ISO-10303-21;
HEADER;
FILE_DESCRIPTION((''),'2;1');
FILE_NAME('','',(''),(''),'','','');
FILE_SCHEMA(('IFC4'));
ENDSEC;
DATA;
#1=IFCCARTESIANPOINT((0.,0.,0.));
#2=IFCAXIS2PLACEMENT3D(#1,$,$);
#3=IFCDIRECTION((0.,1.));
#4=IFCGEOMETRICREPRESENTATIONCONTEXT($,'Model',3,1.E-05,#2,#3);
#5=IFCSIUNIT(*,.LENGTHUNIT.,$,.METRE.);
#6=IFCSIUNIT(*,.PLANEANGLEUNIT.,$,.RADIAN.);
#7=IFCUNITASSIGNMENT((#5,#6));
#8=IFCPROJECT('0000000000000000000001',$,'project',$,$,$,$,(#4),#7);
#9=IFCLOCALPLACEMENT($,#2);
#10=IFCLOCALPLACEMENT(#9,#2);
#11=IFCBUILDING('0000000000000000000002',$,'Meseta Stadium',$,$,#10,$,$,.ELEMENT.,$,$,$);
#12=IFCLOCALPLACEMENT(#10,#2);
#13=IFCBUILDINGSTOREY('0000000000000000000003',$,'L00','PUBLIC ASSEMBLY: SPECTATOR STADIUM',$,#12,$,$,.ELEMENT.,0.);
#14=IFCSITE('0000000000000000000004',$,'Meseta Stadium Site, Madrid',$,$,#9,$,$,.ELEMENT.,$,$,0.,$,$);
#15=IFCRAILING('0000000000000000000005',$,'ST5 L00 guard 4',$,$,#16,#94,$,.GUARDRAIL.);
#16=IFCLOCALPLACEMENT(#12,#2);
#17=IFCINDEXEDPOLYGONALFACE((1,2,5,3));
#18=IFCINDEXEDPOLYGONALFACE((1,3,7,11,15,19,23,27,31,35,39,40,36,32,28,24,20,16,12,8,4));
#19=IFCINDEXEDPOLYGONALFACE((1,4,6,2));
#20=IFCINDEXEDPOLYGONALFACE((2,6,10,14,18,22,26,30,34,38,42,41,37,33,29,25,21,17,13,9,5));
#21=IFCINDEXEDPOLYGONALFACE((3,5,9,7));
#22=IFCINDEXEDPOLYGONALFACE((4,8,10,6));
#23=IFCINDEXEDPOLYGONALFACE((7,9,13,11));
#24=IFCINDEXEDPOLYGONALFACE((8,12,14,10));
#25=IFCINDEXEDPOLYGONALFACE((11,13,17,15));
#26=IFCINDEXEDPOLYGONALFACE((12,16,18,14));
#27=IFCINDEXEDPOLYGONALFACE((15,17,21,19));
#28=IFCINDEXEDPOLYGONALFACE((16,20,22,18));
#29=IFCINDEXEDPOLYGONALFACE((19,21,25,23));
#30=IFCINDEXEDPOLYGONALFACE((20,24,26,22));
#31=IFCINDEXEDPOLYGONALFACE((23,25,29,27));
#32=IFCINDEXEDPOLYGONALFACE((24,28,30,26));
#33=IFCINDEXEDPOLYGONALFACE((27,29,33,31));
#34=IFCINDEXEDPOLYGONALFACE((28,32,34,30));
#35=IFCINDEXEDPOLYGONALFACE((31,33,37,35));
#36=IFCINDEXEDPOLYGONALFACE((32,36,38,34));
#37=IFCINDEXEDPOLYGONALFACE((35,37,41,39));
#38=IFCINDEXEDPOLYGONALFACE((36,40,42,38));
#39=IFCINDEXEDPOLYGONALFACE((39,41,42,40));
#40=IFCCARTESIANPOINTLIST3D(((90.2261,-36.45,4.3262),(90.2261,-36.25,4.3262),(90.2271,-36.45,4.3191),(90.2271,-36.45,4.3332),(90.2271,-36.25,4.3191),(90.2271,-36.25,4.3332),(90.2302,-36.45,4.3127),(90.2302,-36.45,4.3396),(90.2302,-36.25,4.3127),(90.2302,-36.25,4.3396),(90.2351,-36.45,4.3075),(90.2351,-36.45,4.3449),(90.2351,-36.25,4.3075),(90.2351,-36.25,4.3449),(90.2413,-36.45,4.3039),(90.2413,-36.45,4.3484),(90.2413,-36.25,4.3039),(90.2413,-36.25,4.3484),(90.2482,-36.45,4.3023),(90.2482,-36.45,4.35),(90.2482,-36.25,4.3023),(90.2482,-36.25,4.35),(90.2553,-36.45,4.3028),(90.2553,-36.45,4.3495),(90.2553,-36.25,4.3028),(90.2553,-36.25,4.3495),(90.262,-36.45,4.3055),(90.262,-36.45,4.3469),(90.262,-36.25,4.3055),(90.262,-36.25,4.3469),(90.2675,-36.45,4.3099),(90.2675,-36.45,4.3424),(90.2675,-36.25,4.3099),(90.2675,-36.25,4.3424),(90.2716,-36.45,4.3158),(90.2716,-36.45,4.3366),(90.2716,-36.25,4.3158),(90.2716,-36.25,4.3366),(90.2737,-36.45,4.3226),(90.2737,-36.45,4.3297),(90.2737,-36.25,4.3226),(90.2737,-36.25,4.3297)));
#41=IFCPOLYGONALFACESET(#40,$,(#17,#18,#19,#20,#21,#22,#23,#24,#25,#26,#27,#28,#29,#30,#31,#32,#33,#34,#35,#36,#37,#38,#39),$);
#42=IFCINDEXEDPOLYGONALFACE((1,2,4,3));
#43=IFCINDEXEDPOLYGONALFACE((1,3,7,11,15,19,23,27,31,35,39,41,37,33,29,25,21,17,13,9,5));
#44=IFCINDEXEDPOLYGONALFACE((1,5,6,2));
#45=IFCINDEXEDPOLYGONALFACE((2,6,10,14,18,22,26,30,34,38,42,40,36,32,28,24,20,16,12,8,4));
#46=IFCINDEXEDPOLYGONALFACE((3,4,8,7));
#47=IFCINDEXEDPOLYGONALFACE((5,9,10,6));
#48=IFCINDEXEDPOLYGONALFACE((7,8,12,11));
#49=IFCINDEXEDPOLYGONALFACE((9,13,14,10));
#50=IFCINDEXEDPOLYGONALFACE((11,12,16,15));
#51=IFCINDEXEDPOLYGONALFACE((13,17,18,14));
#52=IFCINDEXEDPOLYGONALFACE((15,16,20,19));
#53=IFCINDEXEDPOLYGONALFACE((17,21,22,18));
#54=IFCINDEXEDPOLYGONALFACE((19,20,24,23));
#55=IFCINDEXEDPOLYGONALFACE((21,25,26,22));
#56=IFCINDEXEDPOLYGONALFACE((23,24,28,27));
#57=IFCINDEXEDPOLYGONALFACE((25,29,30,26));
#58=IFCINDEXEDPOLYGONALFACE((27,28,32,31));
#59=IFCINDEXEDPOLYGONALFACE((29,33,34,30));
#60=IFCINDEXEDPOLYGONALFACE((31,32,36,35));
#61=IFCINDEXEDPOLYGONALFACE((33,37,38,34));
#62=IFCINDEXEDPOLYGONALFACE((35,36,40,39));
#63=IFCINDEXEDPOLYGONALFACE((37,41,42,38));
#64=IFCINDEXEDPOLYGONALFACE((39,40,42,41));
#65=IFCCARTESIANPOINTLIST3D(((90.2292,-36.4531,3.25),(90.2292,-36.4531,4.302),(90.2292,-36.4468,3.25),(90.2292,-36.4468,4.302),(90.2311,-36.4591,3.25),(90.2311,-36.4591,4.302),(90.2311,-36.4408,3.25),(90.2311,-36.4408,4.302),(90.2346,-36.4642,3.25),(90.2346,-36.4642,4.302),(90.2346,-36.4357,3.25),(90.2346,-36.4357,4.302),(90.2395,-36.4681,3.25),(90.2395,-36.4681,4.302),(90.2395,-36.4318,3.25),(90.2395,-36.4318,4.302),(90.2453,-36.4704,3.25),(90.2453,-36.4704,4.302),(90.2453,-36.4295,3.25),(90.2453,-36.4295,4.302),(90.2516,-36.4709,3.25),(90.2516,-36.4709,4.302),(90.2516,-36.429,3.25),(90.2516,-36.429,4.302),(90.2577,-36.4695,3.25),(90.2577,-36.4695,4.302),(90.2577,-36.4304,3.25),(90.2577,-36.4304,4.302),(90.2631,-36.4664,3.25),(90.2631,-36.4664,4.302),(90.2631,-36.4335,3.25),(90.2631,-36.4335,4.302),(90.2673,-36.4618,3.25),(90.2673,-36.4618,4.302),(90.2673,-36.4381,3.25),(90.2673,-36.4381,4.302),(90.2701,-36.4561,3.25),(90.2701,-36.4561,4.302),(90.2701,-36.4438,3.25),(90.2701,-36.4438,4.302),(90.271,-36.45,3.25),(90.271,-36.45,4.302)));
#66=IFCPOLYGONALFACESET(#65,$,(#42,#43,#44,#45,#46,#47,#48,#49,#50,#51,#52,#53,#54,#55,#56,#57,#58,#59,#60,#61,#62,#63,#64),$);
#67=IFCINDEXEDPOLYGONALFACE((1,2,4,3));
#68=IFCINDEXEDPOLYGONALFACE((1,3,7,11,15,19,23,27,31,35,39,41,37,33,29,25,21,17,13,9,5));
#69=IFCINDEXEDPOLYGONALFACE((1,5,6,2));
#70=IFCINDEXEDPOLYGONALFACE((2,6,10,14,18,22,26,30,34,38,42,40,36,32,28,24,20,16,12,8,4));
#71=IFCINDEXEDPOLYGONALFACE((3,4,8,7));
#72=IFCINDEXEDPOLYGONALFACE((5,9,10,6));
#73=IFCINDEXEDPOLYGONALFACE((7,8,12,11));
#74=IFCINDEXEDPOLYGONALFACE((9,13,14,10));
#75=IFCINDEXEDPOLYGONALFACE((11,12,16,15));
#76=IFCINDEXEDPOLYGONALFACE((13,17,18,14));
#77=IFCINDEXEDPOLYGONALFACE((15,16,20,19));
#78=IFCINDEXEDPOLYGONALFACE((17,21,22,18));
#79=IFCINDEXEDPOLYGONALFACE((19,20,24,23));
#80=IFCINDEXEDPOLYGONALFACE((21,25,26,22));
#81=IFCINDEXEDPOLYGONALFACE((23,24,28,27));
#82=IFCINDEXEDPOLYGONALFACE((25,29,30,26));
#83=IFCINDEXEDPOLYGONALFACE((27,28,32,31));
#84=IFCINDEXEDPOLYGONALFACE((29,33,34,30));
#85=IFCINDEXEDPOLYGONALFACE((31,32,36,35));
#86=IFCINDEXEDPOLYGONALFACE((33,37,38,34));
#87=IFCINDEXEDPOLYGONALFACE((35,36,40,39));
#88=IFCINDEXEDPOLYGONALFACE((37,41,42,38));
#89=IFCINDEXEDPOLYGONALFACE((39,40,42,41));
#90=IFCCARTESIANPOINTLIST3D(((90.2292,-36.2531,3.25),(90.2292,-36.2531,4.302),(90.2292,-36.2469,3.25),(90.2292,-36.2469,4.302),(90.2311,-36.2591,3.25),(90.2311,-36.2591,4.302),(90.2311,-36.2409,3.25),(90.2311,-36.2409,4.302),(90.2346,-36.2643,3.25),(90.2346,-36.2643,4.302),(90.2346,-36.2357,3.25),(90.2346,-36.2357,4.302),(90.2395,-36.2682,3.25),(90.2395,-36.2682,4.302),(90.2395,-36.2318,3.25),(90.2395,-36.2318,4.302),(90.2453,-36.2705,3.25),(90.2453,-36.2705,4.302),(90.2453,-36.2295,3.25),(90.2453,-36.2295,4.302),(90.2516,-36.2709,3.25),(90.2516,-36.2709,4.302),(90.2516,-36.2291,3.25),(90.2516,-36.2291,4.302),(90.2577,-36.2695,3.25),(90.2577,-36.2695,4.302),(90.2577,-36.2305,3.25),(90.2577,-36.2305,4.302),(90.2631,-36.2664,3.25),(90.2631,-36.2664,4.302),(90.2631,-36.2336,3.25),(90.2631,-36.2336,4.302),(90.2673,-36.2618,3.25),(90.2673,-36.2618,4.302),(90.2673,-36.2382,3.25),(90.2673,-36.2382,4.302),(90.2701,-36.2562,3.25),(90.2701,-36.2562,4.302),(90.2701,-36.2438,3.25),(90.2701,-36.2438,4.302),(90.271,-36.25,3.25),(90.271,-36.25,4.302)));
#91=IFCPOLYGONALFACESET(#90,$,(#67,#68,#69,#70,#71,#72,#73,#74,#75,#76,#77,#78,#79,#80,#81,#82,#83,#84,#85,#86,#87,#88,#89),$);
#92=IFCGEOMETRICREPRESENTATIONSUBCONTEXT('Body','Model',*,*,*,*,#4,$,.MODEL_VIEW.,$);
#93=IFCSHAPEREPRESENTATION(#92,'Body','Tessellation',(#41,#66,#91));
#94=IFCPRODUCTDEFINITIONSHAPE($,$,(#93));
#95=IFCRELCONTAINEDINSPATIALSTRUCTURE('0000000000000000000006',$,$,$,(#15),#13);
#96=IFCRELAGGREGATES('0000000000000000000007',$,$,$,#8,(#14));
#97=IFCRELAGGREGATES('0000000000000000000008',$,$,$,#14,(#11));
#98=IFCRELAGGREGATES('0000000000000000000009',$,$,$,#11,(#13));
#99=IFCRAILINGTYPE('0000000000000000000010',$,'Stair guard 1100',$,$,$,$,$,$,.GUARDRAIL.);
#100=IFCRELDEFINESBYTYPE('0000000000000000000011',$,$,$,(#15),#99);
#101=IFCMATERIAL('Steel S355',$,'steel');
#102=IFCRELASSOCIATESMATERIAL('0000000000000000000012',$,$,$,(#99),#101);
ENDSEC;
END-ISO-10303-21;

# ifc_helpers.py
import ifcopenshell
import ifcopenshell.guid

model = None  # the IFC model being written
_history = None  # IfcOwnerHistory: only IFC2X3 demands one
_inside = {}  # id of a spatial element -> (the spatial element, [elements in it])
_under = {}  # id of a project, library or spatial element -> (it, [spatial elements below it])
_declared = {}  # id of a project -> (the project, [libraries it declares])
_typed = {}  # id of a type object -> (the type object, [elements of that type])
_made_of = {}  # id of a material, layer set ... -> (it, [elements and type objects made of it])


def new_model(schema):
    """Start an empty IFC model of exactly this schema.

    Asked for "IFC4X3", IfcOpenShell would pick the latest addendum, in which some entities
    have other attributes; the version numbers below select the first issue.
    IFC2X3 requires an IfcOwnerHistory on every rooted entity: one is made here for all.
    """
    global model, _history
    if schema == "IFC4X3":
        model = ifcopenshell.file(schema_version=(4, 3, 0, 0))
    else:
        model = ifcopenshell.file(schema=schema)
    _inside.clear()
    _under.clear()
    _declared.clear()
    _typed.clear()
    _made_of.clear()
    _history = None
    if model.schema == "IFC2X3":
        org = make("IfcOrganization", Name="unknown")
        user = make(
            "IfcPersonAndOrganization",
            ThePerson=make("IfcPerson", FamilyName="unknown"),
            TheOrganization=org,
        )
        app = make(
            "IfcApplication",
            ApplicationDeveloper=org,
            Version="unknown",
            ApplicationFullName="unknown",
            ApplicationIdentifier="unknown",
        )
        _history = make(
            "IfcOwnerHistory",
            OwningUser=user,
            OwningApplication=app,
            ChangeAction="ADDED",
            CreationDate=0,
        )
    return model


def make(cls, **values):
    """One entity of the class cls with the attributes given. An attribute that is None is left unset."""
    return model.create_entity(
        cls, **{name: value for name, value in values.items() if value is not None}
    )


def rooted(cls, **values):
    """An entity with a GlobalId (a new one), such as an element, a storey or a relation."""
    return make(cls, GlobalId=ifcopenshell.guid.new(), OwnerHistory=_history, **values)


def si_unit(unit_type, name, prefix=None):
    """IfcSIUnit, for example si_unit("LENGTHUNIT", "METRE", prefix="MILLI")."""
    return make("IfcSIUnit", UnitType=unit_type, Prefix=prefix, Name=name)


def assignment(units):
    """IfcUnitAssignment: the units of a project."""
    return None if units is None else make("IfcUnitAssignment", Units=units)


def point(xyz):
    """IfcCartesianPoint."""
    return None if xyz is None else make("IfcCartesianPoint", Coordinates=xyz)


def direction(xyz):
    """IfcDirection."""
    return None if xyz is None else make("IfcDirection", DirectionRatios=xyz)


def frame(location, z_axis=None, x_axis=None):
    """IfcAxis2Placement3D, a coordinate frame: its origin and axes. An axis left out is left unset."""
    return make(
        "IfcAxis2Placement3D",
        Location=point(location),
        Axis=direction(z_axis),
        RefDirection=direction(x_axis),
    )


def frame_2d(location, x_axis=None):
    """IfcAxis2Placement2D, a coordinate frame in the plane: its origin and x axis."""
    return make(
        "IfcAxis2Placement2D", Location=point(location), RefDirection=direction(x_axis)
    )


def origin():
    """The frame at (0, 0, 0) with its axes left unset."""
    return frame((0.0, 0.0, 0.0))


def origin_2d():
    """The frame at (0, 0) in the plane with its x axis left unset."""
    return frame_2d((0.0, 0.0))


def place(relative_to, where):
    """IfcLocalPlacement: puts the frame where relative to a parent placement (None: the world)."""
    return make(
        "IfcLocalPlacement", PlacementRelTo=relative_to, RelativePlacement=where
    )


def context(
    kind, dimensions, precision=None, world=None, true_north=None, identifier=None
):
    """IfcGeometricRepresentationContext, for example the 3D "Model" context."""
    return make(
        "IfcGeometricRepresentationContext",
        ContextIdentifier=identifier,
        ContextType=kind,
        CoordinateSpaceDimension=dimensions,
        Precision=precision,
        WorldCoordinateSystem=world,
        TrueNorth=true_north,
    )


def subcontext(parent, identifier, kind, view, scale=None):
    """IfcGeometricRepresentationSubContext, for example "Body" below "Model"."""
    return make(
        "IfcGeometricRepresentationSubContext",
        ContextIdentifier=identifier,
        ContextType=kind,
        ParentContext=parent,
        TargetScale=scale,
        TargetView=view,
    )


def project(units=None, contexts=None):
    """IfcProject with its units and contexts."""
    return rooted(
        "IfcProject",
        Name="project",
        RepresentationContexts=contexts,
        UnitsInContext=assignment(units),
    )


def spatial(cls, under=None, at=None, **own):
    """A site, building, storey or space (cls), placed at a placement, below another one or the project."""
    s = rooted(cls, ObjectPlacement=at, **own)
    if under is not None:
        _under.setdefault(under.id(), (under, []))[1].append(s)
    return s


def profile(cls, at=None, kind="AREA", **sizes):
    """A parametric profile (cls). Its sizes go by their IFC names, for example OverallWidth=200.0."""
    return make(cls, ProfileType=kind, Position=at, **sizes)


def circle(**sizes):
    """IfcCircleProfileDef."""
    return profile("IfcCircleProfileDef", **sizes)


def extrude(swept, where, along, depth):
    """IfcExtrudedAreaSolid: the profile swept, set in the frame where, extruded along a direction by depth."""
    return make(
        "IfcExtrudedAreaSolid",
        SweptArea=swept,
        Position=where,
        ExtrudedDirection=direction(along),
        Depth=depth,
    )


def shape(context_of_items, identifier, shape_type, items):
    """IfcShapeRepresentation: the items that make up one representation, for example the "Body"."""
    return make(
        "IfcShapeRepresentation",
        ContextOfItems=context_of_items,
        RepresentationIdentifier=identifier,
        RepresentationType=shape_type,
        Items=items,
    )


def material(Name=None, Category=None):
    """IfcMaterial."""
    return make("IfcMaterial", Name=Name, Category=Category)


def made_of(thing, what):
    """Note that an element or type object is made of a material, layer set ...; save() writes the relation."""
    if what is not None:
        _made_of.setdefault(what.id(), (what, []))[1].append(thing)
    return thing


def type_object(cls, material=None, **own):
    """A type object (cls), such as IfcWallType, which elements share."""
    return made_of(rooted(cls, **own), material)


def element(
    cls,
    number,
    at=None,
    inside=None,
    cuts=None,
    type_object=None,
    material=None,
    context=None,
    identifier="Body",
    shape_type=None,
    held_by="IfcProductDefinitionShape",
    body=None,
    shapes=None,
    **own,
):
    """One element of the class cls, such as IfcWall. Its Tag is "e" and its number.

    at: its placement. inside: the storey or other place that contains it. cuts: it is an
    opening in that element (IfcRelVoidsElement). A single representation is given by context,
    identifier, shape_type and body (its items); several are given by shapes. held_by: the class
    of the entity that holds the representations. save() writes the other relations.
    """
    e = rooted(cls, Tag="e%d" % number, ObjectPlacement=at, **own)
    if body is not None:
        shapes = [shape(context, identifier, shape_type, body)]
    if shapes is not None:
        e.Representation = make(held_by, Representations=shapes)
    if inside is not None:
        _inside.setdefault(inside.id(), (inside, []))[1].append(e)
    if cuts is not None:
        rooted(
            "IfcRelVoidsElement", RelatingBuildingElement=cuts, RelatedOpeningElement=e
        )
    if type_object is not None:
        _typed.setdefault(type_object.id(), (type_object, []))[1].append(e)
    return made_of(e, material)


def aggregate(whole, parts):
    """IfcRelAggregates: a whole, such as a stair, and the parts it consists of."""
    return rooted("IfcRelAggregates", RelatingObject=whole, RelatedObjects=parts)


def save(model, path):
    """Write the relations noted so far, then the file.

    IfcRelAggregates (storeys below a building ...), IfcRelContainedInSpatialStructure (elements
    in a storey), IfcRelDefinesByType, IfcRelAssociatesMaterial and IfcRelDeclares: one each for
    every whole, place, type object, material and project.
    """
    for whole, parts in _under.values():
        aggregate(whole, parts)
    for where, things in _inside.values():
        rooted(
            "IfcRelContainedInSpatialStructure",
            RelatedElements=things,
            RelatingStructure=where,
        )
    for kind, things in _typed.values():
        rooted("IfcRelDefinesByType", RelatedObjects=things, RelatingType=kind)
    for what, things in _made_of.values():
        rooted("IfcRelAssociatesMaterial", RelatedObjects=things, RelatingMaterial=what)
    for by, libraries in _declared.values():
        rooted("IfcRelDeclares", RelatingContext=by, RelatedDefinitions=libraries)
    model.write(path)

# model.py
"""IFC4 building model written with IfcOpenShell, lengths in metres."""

from ifc_helpers import new_model, si_unit, direction, frame, origin, origin_2d, place, context, subcontext, project, spatial, circle, extrude, material, type_object, element, save


model = new_model("IFC4")

# Units and contexts
model_context = context("Model", 3, precision=1e-05, world=origin(), true_north=direction((0.0, 1.0)))
body_context = subcontext(model_context, "Body", "Model", "MODEL_VIEW")
ifc_project = project(units=[si_unit("LENGTHUNIT", "METRE"), si_unit("PLANEANGLEUNIT", "RADIAN")], contexts=[model_context])

# Site, building, storey
site_placement = place(None, origin())
site = spatial("IfcSite", under=ifc_project, at=site_placement, Name="Meseta Stadium Site, Madrid", CompositionType="ELEMENT", RefElevation=0.0)
building_placement = place(site_placement, origin())
building = spatial("IfcBuilding", under=site, at=building_placement, Name="Meseta Stadium", CompositionType="ELEMENT")
storey_placement = place(building_placement, origin())
storey = spatial("IfcBuildingStorey", under=building, at=storey_placement, Name="L00", Description="PUBLIC ASSEMBLY: SPECTATOR STADIUM", CompositionType="ELEMENT", Elevation=0.0)

# Railing
ifc_material_1 = material(Name="Steel S355", Category="steel")
railing_type_1 = type_object("IfcRailingType", Name="Stair guard 1100", PredefinedType="GUARDRAIL", material=ifc_material_1)
railing_1_placement = place(storey_placement, frame((90.25, -36.45, 3.25)))
element("IfcRailing", 1, at=railing_1_placement, inside=storey, type_object=railing_type_1, Name="ST5 L00 guard 4", PredefinedType="GUARDRAIL", context=body_context, shape_type="SweptSolid", body=[
    extrude(circle(Radius=0.0239, at=origin_2d()), frame((0.0, 0.0, 1.0762), z_axis=(0.0, 1.0, 0.0), x_axis=(-1.0, 0.0, 0.0)), (0.0, 0.0, 1.0), 0.2),
    extrude(circle(Radius=0.021, at=origin_2d()), origin(), (0.0, 0.0, 1.0), 1.052),
    extrude(circle(Radius=0.021, at=origin_2d()), frame((0.0, 0.2, 0.0)), (0.0, 0.0, 1.0), 1.052),
])

save(model, "model.ifc")
